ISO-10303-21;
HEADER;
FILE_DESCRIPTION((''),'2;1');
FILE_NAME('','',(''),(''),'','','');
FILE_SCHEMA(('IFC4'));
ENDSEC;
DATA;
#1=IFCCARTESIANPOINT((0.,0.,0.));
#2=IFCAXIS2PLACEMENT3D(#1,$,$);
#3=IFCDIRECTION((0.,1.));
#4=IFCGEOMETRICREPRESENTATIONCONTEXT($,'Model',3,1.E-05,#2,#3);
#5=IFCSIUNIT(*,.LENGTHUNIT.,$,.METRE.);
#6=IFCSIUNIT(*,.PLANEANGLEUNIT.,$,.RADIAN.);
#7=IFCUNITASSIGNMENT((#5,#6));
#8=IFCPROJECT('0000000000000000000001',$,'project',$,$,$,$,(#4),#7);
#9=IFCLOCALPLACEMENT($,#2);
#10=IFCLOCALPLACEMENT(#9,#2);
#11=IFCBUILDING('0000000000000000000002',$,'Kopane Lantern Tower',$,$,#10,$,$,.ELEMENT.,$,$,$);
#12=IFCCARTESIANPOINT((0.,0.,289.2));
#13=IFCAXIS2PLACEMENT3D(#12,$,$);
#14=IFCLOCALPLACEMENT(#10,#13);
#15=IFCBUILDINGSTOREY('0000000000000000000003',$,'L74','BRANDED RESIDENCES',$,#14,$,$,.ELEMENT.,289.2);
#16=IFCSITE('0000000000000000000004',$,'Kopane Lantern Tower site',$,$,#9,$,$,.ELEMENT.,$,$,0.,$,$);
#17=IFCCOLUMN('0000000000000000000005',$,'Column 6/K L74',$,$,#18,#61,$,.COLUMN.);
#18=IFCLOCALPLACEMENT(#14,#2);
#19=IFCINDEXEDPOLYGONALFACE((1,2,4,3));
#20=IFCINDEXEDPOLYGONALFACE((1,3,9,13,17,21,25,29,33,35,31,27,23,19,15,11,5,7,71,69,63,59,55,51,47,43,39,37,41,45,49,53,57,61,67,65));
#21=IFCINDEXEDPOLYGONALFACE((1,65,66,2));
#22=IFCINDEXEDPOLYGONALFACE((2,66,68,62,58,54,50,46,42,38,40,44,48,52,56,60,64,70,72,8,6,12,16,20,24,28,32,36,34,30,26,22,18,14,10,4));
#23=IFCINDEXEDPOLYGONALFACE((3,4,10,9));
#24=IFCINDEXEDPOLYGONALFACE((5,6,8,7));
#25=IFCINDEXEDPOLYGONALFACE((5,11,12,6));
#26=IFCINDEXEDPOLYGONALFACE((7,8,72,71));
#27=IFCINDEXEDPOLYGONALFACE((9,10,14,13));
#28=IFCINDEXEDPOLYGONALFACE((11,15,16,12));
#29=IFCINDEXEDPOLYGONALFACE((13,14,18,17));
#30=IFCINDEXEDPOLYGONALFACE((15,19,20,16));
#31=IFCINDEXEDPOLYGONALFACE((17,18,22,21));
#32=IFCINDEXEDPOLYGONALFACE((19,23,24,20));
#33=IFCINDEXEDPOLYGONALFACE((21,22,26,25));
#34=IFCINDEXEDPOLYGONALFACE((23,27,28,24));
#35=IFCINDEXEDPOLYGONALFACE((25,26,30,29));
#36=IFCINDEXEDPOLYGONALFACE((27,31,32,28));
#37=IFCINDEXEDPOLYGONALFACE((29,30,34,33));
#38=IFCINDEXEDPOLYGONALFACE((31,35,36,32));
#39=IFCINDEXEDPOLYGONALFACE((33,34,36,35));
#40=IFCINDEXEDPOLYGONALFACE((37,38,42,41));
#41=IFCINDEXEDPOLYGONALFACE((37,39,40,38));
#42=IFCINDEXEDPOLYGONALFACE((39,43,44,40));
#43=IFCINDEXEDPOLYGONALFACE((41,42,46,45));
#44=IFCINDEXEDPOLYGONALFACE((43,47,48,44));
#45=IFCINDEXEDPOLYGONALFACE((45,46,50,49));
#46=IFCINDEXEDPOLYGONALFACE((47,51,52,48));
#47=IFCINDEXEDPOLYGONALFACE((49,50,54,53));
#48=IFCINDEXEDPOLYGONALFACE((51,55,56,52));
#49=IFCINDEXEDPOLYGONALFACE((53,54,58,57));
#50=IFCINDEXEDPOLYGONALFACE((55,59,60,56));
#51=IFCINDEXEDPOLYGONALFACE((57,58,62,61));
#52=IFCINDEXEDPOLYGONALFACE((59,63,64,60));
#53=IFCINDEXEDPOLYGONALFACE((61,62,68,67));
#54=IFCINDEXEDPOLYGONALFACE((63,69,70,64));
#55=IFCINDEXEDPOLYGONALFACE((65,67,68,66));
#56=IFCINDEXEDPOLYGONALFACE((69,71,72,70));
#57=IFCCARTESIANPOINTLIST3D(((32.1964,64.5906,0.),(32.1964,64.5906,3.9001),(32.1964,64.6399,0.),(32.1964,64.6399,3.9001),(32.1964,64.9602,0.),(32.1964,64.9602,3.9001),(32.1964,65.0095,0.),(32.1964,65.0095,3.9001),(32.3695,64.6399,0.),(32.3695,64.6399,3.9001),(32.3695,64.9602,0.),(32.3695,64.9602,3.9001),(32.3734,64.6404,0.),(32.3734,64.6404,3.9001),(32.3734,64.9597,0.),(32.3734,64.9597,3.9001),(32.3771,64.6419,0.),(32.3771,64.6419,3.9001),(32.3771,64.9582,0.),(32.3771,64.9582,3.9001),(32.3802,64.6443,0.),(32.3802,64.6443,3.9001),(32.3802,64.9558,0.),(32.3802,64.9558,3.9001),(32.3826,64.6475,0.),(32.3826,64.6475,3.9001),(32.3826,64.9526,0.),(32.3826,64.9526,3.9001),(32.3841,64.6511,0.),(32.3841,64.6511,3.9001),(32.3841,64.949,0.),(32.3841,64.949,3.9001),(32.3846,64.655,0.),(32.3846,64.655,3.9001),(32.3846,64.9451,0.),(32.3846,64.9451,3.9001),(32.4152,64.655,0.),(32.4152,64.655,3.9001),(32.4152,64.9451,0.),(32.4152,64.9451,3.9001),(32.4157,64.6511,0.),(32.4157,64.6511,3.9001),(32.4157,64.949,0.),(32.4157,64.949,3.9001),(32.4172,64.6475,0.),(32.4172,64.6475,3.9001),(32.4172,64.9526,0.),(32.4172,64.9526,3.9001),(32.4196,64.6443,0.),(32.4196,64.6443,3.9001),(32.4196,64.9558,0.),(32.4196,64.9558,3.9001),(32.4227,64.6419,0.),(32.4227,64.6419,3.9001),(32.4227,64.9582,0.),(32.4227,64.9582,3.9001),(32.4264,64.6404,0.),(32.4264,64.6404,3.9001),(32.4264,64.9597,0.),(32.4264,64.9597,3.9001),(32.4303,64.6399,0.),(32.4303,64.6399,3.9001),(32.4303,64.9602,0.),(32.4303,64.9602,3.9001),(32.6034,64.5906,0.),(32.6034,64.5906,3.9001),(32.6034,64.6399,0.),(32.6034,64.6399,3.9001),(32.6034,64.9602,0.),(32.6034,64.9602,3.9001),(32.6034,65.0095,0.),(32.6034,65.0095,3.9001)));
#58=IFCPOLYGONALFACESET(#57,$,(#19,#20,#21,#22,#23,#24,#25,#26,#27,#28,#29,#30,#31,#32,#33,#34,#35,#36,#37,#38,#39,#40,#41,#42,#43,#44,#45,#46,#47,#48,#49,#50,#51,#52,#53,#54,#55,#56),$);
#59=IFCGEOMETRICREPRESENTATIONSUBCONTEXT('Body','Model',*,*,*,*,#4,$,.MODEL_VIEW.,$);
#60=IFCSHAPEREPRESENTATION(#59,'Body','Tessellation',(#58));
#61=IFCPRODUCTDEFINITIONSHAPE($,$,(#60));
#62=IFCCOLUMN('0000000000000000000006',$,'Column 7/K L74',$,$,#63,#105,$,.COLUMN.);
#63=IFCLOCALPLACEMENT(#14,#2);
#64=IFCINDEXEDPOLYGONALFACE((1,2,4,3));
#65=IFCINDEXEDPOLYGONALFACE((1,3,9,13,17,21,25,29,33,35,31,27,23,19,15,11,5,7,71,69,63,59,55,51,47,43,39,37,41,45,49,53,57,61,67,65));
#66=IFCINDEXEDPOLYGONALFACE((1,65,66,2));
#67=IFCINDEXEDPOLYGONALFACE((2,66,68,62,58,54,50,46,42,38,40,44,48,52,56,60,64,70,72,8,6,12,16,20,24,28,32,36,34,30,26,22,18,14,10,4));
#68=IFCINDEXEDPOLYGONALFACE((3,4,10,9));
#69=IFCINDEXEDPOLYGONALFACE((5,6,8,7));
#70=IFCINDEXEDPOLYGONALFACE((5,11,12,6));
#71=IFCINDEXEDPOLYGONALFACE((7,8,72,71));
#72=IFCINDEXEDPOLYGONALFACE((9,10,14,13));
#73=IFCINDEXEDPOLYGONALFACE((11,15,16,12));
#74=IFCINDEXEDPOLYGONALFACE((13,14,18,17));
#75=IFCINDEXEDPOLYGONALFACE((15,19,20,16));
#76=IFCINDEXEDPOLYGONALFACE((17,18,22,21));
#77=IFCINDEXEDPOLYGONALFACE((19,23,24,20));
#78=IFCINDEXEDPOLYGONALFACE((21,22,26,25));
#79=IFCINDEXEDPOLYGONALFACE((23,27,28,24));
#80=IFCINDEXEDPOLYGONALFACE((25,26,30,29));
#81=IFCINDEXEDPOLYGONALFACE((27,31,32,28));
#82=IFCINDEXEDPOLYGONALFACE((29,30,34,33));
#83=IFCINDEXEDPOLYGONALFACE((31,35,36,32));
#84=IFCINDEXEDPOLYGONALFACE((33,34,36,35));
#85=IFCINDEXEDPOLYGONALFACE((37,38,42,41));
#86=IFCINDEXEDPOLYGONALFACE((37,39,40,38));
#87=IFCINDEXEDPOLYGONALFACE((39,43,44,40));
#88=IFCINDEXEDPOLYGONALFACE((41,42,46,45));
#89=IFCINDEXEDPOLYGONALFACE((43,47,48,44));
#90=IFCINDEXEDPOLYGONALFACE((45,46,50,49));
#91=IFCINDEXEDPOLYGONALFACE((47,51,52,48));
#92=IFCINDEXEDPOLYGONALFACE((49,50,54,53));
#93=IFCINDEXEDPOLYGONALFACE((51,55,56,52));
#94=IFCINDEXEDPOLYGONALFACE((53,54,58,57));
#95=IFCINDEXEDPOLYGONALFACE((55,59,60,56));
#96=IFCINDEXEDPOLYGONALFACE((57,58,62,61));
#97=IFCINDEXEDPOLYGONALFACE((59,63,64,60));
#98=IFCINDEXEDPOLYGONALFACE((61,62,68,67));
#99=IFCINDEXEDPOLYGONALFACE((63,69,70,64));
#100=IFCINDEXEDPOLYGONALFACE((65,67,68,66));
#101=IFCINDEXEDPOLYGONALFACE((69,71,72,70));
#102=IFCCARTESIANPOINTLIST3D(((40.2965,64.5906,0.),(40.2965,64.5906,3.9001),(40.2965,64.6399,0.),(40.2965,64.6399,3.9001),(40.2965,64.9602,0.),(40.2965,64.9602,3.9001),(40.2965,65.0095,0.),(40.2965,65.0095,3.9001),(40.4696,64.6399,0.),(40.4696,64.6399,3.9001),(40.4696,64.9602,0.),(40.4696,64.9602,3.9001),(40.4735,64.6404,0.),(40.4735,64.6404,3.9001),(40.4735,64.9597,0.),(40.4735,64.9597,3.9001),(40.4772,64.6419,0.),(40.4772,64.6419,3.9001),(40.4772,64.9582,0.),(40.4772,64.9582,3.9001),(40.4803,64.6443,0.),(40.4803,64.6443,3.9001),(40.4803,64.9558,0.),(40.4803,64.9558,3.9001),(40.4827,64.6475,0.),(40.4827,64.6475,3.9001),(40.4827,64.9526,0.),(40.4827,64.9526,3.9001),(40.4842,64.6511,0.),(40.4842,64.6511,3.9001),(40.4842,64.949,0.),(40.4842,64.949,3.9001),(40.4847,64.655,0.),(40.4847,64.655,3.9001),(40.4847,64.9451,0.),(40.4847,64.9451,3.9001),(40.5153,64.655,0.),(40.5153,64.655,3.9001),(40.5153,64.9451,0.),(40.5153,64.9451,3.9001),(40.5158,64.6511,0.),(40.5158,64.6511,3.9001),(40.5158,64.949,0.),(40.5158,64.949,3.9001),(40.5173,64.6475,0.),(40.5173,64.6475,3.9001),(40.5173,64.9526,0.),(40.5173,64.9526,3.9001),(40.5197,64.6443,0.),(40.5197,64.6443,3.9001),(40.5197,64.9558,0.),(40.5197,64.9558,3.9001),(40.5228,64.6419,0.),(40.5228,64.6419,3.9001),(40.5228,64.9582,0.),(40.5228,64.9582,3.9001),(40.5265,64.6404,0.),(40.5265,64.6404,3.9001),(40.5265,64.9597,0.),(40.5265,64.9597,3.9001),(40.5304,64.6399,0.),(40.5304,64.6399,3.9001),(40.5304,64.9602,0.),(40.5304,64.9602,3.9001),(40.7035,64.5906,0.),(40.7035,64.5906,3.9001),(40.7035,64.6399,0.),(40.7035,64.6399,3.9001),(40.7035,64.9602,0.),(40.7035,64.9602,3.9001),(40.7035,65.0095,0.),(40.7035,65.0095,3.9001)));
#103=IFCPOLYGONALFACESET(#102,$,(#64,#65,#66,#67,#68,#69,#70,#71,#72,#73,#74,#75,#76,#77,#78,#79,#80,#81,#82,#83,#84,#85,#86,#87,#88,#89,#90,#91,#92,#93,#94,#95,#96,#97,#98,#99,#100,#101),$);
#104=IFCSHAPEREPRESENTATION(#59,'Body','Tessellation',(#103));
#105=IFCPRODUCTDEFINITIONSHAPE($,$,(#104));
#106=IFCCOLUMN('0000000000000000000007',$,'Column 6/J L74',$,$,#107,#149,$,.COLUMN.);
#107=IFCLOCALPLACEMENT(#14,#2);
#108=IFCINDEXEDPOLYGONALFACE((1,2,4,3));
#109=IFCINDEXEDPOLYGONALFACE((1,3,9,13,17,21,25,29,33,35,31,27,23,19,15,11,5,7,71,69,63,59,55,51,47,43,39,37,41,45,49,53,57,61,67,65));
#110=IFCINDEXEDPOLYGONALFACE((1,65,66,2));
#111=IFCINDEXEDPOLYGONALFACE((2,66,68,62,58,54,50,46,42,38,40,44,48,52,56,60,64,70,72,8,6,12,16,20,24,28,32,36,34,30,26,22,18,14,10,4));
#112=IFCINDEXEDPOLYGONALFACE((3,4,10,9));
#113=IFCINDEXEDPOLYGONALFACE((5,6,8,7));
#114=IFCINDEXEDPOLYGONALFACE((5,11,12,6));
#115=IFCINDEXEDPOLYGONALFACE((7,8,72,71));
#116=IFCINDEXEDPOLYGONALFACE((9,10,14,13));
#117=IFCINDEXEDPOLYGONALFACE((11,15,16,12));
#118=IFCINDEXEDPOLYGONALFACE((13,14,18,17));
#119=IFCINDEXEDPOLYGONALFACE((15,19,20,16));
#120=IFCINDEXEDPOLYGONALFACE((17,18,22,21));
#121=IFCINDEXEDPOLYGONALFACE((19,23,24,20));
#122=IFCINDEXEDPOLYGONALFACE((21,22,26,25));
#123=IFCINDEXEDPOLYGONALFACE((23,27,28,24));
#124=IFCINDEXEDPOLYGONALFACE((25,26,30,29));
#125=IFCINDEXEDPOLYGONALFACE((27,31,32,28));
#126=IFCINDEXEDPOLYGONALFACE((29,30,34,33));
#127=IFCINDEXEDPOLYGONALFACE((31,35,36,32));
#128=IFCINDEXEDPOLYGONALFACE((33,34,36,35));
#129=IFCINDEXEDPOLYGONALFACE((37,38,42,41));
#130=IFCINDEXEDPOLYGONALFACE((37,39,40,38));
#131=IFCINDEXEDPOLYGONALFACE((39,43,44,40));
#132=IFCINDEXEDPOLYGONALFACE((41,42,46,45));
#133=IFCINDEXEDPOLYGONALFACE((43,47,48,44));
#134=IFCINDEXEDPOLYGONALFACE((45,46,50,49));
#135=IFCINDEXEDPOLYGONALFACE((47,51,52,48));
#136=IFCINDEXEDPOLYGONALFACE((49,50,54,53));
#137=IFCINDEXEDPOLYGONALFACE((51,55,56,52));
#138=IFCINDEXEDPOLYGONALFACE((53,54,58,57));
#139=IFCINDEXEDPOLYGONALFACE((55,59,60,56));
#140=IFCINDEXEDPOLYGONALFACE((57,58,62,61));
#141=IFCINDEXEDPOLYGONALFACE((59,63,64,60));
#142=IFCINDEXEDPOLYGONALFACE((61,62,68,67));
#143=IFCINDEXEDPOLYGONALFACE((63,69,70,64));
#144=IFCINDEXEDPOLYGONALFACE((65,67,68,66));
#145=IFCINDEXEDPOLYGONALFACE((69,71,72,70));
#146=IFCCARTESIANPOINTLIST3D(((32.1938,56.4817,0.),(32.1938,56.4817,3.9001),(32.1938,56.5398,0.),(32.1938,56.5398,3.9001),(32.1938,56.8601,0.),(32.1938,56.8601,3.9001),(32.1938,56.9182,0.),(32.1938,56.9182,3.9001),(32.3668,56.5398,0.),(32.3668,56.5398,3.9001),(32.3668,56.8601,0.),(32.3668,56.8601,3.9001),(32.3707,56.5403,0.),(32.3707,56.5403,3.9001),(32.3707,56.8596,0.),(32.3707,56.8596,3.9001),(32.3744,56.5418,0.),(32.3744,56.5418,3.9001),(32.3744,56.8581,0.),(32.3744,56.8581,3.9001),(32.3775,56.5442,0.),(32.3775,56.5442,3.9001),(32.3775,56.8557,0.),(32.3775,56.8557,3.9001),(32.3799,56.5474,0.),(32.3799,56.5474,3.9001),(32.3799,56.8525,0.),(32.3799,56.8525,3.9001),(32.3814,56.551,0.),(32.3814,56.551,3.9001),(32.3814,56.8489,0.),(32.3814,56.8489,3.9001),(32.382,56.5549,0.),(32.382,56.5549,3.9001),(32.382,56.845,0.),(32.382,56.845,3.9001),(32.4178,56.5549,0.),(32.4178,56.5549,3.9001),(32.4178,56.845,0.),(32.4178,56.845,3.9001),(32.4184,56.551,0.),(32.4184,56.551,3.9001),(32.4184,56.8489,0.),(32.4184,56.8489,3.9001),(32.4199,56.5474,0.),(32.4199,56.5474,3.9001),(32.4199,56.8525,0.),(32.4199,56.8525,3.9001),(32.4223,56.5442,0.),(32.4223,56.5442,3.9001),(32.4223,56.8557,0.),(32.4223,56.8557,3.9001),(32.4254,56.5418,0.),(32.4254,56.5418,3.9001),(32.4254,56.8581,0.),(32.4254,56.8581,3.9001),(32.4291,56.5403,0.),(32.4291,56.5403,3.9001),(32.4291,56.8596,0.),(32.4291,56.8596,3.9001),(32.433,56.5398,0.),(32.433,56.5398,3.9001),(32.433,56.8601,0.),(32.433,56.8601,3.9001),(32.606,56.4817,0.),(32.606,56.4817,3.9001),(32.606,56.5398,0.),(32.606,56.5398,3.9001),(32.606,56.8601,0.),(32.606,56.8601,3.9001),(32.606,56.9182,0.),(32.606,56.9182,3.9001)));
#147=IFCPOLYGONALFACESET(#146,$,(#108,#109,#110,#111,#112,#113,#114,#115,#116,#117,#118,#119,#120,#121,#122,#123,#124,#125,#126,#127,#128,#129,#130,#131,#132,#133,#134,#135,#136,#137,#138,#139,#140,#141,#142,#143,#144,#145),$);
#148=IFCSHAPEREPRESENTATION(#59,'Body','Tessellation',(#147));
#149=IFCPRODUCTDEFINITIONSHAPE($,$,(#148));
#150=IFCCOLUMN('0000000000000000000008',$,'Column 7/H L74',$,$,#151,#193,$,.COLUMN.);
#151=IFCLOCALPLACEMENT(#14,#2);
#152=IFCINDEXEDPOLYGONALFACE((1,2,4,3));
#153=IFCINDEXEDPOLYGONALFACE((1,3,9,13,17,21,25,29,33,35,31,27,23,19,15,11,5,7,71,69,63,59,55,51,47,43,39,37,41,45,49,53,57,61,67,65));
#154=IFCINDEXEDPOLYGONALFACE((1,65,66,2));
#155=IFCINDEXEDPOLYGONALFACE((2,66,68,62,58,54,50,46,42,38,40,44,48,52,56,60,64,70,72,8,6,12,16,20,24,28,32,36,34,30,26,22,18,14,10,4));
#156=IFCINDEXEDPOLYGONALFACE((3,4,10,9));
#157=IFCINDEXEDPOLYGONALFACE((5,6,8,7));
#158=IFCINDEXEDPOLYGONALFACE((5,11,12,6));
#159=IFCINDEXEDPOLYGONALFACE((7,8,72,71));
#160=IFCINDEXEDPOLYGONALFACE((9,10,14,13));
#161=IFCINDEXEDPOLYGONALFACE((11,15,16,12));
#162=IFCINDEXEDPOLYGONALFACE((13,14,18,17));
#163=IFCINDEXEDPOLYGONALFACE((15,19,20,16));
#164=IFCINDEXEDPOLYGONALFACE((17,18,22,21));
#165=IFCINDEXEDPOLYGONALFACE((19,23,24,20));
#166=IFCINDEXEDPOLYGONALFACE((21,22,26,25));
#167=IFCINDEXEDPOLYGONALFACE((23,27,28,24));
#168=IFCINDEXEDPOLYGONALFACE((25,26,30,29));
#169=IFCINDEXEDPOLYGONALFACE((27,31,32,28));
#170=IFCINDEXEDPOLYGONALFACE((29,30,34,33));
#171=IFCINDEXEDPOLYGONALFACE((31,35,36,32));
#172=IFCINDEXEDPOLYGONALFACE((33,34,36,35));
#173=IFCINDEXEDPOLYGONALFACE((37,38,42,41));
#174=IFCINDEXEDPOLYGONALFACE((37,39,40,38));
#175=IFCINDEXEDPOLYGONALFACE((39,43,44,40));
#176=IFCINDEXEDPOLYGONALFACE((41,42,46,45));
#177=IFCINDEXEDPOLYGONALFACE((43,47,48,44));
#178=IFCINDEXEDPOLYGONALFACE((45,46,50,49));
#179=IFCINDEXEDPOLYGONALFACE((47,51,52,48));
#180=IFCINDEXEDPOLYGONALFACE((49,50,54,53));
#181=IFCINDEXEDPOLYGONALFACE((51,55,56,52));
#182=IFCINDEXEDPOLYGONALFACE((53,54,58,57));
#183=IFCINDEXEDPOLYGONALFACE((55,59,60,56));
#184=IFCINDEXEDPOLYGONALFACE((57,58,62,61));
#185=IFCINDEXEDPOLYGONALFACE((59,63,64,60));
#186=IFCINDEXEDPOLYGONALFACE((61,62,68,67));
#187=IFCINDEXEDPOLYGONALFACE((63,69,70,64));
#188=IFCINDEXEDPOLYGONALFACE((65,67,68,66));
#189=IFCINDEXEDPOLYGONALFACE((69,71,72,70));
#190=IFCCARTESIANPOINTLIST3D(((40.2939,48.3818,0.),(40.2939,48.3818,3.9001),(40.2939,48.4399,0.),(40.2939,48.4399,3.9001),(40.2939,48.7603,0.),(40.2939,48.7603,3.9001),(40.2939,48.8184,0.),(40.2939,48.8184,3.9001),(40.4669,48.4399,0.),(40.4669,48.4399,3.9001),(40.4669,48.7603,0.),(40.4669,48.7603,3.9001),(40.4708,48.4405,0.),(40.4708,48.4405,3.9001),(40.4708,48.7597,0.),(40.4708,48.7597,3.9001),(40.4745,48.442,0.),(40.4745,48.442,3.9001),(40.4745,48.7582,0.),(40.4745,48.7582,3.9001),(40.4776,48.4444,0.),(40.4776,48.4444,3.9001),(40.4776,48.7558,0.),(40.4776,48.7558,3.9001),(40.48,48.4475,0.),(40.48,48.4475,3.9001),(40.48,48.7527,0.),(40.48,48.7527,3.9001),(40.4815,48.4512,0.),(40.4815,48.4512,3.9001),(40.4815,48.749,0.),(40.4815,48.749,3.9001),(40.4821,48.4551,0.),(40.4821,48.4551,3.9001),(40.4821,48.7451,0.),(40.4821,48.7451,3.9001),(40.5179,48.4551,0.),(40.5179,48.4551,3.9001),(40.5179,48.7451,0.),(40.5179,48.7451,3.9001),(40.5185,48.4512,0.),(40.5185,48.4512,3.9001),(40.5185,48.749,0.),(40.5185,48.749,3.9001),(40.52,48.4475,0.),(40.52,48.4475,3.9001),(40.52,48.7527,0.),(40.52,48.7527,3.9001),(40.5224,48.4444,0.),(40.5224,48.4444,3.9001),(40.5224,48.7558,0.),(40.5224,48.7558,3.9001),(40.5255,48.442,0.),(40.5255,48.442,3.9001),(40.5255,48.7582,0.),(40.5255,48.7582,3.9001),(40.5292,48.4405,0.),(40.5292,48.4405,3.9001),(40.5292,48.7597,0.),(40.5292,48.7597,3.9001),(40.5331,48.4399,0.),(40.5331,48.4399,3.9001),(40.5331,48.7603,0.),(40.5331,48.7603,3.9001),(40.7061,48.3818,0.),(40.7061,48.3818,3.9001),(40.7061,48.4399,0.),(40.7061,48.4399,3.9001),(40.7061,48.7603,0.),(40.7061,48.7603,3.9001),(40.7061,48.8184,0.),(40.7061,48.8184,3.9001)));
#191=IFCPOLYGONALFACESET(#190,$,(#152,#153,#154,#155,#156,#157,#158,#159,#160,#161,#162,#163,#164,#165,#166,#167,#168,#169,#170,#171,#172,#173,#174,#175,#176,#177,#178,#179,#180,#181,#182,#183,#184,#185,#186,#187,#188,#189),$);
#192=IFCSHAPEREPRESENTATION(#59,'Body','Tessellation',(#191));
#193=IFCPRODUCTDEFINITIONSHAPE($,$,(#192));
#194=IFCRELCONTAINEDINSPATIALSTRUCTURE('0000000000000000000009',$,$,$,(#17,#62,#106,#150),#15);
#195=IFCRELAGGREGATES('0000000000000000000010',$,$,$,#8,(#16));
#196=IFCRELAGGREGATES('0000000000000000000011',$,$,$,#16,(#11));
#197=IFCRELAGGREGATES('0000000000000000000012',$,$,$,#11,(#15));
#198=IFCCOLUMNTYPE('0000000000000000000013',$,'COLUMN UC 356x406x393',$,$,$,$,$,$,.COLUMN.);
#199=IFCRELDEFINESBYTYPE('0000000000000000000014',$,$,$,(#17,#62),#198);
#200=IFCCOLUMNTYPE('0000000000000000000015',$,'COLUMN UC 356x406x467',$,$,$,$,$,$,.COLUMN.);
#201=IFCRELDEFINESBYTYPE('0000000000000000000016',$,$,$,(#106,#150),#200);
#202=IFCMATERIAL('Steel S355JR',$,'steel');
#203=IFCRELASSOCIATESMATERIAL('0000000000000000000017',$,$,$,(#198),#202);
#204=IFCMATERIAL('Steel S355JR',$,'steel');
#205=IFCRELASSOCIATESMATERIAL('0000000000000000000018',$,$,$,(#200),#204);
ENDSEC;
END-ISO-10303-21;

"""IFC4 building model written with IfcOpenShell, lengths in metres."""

from ifc_helpers import new_model, si_unit, direction, frame, origin, origin_2d, place, context, subcontext, project, spatial, i_section, extrude, material, material_profile, profile_set, type_object, element, save


model = new_model("IFC4")

# Units and contexts
model_context = context("Model", 3, precision=1e-05, world=origin(), true_north=direction((0.0, 1.0)))
body_context = subcontext(model_context, "Body", "Model", "MODEL_VIEW")
ifc_project = project(units=[si_unit("LENGTHUNIT", "METRE"), si_unit("PLANEANGLEUNIT", "RADIAN")], contexts=[model_context])

# Site, building, storey
site_placement = place(None, origin())
site = spatial("IfcSite", under=ifc_project, at=site_placement, Name="Kopane Lantern Tower site", CompositionType="ELEMENT", RefElevation=0.0)
building_placement = place(site_placement, origin())
building = spatial("IfcBuilding", under=site, at=building_placement, Name="Kopane Lantern Tower", CompositionType="ELEMENT")
storey_placement = place(building_placement, frame((0.0, 0.0, 289.2)))
storey = spatial("IfcBuildingStorey", under=building, at=storey_placement, Name="L74", Description="BRANDED RESIDENCES", CompositionType="ELEMENT", Elevation=289.2)

# Columns
ifc_material_1 = material(Name="Steel S355JR", Category="steel")
ifc_material_profile_1 = material_profile(ifc_material_1, i_section(OverallWidth=0.407, OverallDepth=0.4189, WebThickness=0.0305, FlangeThickness=0.0493, FilletRadius=0.0151, at=origin_2d()), Name="UC 356x406x393")
ifc_profile_set_1 = profile_set([ifc_material_profile_1], Name="Steel S355JR")
column_type_1 = type_object("IfcColumnType", Name="COLUMN UC 356x406x393", PredefinedType="COLUMN", material=ifc_profile_set_1)
for number, where, z_axis, x_axis, name in (
    (1, (32.3999, 64.8, 0.0), (0.0, 0.0, 1.0), (1.0, 0.0, 0.0), "Column 6/K L74"),
    (2, (40.5, 64.8, 0.0), (0.0, 0.0, 1.0), (1.0, 0.0, 0.0), "Column 7/K L74"),
):
    element("IfcColumn", number, at=place(storey_placement, frame(where, z_axis=z_axis, x_axis=x_axis)), inside=storey, type_object=column_type_1, Name=name, PredefinedType="COLUMN", context=body_context, shape_type="SweptSolid", body=[
        extrude(i_section(OverallWidth=0.407, OverallDepth=0.4189, WebThickness=0.0305, FlangeThickness=0.0493, FilletRadius=0.0151, at=origin_2d()), origin(), (0.0, 0.0, 1.0), 3.9001),
    ])
ifc_material_2 = material(Name="Steel S355JR", Category="steel")
ifc_material_profile_2 = material_profile(ifc_material_2, i_section(OverallWidth=0.4121, OverallDepth=0.4365, WebThickness=0.0359, FlangeThickness=0.0581, FilletRadius=0.0151, at=origin_2d()), Name="UC 356x406x467")
ifc_profile_set_2 = profile_set([ifc_material_profile_2], Name="Steel S355JR")
column_type_2 = type_object("IfcColumnType", Name="COLUMN UC 356x406x467", PredefinedType="COLUMN", material=ifc_profile_set_2)
for number, where, z_axis, x_axis, name in (
    (3, (32.3999, 56.7, 0.0), (0.0, 0.0, 1.0), (1.0, 0.0, 0.0), "Column 6/J L74"),
    (4, (40.5, 48.6001, 0.0), (0.0, 0.0, 1.0), (1.0, 0.0, 0.0), "Column 7/H L74"),
):
    element("IfcColumn", number, at=place(storey_placement, frame(where, z_axis=z_axis, x_axis=x_axis)), inside=storey, type_object=column_type_2, Name=name, PredefinedType="COLUMN", context=body_context, shape_type="SweptSolid", body=[
        extrude(i_section(OverallWidth=0.4121, OverallDepth=0.4365, WebThickness=0.0359, FlangeThickness=0.0581, FilletRadius=0.0151, at=origin_2d()), origin(), (0.0, 0.0, 1.0), 3.9001),
    ])

save(model, "model.ifc")
